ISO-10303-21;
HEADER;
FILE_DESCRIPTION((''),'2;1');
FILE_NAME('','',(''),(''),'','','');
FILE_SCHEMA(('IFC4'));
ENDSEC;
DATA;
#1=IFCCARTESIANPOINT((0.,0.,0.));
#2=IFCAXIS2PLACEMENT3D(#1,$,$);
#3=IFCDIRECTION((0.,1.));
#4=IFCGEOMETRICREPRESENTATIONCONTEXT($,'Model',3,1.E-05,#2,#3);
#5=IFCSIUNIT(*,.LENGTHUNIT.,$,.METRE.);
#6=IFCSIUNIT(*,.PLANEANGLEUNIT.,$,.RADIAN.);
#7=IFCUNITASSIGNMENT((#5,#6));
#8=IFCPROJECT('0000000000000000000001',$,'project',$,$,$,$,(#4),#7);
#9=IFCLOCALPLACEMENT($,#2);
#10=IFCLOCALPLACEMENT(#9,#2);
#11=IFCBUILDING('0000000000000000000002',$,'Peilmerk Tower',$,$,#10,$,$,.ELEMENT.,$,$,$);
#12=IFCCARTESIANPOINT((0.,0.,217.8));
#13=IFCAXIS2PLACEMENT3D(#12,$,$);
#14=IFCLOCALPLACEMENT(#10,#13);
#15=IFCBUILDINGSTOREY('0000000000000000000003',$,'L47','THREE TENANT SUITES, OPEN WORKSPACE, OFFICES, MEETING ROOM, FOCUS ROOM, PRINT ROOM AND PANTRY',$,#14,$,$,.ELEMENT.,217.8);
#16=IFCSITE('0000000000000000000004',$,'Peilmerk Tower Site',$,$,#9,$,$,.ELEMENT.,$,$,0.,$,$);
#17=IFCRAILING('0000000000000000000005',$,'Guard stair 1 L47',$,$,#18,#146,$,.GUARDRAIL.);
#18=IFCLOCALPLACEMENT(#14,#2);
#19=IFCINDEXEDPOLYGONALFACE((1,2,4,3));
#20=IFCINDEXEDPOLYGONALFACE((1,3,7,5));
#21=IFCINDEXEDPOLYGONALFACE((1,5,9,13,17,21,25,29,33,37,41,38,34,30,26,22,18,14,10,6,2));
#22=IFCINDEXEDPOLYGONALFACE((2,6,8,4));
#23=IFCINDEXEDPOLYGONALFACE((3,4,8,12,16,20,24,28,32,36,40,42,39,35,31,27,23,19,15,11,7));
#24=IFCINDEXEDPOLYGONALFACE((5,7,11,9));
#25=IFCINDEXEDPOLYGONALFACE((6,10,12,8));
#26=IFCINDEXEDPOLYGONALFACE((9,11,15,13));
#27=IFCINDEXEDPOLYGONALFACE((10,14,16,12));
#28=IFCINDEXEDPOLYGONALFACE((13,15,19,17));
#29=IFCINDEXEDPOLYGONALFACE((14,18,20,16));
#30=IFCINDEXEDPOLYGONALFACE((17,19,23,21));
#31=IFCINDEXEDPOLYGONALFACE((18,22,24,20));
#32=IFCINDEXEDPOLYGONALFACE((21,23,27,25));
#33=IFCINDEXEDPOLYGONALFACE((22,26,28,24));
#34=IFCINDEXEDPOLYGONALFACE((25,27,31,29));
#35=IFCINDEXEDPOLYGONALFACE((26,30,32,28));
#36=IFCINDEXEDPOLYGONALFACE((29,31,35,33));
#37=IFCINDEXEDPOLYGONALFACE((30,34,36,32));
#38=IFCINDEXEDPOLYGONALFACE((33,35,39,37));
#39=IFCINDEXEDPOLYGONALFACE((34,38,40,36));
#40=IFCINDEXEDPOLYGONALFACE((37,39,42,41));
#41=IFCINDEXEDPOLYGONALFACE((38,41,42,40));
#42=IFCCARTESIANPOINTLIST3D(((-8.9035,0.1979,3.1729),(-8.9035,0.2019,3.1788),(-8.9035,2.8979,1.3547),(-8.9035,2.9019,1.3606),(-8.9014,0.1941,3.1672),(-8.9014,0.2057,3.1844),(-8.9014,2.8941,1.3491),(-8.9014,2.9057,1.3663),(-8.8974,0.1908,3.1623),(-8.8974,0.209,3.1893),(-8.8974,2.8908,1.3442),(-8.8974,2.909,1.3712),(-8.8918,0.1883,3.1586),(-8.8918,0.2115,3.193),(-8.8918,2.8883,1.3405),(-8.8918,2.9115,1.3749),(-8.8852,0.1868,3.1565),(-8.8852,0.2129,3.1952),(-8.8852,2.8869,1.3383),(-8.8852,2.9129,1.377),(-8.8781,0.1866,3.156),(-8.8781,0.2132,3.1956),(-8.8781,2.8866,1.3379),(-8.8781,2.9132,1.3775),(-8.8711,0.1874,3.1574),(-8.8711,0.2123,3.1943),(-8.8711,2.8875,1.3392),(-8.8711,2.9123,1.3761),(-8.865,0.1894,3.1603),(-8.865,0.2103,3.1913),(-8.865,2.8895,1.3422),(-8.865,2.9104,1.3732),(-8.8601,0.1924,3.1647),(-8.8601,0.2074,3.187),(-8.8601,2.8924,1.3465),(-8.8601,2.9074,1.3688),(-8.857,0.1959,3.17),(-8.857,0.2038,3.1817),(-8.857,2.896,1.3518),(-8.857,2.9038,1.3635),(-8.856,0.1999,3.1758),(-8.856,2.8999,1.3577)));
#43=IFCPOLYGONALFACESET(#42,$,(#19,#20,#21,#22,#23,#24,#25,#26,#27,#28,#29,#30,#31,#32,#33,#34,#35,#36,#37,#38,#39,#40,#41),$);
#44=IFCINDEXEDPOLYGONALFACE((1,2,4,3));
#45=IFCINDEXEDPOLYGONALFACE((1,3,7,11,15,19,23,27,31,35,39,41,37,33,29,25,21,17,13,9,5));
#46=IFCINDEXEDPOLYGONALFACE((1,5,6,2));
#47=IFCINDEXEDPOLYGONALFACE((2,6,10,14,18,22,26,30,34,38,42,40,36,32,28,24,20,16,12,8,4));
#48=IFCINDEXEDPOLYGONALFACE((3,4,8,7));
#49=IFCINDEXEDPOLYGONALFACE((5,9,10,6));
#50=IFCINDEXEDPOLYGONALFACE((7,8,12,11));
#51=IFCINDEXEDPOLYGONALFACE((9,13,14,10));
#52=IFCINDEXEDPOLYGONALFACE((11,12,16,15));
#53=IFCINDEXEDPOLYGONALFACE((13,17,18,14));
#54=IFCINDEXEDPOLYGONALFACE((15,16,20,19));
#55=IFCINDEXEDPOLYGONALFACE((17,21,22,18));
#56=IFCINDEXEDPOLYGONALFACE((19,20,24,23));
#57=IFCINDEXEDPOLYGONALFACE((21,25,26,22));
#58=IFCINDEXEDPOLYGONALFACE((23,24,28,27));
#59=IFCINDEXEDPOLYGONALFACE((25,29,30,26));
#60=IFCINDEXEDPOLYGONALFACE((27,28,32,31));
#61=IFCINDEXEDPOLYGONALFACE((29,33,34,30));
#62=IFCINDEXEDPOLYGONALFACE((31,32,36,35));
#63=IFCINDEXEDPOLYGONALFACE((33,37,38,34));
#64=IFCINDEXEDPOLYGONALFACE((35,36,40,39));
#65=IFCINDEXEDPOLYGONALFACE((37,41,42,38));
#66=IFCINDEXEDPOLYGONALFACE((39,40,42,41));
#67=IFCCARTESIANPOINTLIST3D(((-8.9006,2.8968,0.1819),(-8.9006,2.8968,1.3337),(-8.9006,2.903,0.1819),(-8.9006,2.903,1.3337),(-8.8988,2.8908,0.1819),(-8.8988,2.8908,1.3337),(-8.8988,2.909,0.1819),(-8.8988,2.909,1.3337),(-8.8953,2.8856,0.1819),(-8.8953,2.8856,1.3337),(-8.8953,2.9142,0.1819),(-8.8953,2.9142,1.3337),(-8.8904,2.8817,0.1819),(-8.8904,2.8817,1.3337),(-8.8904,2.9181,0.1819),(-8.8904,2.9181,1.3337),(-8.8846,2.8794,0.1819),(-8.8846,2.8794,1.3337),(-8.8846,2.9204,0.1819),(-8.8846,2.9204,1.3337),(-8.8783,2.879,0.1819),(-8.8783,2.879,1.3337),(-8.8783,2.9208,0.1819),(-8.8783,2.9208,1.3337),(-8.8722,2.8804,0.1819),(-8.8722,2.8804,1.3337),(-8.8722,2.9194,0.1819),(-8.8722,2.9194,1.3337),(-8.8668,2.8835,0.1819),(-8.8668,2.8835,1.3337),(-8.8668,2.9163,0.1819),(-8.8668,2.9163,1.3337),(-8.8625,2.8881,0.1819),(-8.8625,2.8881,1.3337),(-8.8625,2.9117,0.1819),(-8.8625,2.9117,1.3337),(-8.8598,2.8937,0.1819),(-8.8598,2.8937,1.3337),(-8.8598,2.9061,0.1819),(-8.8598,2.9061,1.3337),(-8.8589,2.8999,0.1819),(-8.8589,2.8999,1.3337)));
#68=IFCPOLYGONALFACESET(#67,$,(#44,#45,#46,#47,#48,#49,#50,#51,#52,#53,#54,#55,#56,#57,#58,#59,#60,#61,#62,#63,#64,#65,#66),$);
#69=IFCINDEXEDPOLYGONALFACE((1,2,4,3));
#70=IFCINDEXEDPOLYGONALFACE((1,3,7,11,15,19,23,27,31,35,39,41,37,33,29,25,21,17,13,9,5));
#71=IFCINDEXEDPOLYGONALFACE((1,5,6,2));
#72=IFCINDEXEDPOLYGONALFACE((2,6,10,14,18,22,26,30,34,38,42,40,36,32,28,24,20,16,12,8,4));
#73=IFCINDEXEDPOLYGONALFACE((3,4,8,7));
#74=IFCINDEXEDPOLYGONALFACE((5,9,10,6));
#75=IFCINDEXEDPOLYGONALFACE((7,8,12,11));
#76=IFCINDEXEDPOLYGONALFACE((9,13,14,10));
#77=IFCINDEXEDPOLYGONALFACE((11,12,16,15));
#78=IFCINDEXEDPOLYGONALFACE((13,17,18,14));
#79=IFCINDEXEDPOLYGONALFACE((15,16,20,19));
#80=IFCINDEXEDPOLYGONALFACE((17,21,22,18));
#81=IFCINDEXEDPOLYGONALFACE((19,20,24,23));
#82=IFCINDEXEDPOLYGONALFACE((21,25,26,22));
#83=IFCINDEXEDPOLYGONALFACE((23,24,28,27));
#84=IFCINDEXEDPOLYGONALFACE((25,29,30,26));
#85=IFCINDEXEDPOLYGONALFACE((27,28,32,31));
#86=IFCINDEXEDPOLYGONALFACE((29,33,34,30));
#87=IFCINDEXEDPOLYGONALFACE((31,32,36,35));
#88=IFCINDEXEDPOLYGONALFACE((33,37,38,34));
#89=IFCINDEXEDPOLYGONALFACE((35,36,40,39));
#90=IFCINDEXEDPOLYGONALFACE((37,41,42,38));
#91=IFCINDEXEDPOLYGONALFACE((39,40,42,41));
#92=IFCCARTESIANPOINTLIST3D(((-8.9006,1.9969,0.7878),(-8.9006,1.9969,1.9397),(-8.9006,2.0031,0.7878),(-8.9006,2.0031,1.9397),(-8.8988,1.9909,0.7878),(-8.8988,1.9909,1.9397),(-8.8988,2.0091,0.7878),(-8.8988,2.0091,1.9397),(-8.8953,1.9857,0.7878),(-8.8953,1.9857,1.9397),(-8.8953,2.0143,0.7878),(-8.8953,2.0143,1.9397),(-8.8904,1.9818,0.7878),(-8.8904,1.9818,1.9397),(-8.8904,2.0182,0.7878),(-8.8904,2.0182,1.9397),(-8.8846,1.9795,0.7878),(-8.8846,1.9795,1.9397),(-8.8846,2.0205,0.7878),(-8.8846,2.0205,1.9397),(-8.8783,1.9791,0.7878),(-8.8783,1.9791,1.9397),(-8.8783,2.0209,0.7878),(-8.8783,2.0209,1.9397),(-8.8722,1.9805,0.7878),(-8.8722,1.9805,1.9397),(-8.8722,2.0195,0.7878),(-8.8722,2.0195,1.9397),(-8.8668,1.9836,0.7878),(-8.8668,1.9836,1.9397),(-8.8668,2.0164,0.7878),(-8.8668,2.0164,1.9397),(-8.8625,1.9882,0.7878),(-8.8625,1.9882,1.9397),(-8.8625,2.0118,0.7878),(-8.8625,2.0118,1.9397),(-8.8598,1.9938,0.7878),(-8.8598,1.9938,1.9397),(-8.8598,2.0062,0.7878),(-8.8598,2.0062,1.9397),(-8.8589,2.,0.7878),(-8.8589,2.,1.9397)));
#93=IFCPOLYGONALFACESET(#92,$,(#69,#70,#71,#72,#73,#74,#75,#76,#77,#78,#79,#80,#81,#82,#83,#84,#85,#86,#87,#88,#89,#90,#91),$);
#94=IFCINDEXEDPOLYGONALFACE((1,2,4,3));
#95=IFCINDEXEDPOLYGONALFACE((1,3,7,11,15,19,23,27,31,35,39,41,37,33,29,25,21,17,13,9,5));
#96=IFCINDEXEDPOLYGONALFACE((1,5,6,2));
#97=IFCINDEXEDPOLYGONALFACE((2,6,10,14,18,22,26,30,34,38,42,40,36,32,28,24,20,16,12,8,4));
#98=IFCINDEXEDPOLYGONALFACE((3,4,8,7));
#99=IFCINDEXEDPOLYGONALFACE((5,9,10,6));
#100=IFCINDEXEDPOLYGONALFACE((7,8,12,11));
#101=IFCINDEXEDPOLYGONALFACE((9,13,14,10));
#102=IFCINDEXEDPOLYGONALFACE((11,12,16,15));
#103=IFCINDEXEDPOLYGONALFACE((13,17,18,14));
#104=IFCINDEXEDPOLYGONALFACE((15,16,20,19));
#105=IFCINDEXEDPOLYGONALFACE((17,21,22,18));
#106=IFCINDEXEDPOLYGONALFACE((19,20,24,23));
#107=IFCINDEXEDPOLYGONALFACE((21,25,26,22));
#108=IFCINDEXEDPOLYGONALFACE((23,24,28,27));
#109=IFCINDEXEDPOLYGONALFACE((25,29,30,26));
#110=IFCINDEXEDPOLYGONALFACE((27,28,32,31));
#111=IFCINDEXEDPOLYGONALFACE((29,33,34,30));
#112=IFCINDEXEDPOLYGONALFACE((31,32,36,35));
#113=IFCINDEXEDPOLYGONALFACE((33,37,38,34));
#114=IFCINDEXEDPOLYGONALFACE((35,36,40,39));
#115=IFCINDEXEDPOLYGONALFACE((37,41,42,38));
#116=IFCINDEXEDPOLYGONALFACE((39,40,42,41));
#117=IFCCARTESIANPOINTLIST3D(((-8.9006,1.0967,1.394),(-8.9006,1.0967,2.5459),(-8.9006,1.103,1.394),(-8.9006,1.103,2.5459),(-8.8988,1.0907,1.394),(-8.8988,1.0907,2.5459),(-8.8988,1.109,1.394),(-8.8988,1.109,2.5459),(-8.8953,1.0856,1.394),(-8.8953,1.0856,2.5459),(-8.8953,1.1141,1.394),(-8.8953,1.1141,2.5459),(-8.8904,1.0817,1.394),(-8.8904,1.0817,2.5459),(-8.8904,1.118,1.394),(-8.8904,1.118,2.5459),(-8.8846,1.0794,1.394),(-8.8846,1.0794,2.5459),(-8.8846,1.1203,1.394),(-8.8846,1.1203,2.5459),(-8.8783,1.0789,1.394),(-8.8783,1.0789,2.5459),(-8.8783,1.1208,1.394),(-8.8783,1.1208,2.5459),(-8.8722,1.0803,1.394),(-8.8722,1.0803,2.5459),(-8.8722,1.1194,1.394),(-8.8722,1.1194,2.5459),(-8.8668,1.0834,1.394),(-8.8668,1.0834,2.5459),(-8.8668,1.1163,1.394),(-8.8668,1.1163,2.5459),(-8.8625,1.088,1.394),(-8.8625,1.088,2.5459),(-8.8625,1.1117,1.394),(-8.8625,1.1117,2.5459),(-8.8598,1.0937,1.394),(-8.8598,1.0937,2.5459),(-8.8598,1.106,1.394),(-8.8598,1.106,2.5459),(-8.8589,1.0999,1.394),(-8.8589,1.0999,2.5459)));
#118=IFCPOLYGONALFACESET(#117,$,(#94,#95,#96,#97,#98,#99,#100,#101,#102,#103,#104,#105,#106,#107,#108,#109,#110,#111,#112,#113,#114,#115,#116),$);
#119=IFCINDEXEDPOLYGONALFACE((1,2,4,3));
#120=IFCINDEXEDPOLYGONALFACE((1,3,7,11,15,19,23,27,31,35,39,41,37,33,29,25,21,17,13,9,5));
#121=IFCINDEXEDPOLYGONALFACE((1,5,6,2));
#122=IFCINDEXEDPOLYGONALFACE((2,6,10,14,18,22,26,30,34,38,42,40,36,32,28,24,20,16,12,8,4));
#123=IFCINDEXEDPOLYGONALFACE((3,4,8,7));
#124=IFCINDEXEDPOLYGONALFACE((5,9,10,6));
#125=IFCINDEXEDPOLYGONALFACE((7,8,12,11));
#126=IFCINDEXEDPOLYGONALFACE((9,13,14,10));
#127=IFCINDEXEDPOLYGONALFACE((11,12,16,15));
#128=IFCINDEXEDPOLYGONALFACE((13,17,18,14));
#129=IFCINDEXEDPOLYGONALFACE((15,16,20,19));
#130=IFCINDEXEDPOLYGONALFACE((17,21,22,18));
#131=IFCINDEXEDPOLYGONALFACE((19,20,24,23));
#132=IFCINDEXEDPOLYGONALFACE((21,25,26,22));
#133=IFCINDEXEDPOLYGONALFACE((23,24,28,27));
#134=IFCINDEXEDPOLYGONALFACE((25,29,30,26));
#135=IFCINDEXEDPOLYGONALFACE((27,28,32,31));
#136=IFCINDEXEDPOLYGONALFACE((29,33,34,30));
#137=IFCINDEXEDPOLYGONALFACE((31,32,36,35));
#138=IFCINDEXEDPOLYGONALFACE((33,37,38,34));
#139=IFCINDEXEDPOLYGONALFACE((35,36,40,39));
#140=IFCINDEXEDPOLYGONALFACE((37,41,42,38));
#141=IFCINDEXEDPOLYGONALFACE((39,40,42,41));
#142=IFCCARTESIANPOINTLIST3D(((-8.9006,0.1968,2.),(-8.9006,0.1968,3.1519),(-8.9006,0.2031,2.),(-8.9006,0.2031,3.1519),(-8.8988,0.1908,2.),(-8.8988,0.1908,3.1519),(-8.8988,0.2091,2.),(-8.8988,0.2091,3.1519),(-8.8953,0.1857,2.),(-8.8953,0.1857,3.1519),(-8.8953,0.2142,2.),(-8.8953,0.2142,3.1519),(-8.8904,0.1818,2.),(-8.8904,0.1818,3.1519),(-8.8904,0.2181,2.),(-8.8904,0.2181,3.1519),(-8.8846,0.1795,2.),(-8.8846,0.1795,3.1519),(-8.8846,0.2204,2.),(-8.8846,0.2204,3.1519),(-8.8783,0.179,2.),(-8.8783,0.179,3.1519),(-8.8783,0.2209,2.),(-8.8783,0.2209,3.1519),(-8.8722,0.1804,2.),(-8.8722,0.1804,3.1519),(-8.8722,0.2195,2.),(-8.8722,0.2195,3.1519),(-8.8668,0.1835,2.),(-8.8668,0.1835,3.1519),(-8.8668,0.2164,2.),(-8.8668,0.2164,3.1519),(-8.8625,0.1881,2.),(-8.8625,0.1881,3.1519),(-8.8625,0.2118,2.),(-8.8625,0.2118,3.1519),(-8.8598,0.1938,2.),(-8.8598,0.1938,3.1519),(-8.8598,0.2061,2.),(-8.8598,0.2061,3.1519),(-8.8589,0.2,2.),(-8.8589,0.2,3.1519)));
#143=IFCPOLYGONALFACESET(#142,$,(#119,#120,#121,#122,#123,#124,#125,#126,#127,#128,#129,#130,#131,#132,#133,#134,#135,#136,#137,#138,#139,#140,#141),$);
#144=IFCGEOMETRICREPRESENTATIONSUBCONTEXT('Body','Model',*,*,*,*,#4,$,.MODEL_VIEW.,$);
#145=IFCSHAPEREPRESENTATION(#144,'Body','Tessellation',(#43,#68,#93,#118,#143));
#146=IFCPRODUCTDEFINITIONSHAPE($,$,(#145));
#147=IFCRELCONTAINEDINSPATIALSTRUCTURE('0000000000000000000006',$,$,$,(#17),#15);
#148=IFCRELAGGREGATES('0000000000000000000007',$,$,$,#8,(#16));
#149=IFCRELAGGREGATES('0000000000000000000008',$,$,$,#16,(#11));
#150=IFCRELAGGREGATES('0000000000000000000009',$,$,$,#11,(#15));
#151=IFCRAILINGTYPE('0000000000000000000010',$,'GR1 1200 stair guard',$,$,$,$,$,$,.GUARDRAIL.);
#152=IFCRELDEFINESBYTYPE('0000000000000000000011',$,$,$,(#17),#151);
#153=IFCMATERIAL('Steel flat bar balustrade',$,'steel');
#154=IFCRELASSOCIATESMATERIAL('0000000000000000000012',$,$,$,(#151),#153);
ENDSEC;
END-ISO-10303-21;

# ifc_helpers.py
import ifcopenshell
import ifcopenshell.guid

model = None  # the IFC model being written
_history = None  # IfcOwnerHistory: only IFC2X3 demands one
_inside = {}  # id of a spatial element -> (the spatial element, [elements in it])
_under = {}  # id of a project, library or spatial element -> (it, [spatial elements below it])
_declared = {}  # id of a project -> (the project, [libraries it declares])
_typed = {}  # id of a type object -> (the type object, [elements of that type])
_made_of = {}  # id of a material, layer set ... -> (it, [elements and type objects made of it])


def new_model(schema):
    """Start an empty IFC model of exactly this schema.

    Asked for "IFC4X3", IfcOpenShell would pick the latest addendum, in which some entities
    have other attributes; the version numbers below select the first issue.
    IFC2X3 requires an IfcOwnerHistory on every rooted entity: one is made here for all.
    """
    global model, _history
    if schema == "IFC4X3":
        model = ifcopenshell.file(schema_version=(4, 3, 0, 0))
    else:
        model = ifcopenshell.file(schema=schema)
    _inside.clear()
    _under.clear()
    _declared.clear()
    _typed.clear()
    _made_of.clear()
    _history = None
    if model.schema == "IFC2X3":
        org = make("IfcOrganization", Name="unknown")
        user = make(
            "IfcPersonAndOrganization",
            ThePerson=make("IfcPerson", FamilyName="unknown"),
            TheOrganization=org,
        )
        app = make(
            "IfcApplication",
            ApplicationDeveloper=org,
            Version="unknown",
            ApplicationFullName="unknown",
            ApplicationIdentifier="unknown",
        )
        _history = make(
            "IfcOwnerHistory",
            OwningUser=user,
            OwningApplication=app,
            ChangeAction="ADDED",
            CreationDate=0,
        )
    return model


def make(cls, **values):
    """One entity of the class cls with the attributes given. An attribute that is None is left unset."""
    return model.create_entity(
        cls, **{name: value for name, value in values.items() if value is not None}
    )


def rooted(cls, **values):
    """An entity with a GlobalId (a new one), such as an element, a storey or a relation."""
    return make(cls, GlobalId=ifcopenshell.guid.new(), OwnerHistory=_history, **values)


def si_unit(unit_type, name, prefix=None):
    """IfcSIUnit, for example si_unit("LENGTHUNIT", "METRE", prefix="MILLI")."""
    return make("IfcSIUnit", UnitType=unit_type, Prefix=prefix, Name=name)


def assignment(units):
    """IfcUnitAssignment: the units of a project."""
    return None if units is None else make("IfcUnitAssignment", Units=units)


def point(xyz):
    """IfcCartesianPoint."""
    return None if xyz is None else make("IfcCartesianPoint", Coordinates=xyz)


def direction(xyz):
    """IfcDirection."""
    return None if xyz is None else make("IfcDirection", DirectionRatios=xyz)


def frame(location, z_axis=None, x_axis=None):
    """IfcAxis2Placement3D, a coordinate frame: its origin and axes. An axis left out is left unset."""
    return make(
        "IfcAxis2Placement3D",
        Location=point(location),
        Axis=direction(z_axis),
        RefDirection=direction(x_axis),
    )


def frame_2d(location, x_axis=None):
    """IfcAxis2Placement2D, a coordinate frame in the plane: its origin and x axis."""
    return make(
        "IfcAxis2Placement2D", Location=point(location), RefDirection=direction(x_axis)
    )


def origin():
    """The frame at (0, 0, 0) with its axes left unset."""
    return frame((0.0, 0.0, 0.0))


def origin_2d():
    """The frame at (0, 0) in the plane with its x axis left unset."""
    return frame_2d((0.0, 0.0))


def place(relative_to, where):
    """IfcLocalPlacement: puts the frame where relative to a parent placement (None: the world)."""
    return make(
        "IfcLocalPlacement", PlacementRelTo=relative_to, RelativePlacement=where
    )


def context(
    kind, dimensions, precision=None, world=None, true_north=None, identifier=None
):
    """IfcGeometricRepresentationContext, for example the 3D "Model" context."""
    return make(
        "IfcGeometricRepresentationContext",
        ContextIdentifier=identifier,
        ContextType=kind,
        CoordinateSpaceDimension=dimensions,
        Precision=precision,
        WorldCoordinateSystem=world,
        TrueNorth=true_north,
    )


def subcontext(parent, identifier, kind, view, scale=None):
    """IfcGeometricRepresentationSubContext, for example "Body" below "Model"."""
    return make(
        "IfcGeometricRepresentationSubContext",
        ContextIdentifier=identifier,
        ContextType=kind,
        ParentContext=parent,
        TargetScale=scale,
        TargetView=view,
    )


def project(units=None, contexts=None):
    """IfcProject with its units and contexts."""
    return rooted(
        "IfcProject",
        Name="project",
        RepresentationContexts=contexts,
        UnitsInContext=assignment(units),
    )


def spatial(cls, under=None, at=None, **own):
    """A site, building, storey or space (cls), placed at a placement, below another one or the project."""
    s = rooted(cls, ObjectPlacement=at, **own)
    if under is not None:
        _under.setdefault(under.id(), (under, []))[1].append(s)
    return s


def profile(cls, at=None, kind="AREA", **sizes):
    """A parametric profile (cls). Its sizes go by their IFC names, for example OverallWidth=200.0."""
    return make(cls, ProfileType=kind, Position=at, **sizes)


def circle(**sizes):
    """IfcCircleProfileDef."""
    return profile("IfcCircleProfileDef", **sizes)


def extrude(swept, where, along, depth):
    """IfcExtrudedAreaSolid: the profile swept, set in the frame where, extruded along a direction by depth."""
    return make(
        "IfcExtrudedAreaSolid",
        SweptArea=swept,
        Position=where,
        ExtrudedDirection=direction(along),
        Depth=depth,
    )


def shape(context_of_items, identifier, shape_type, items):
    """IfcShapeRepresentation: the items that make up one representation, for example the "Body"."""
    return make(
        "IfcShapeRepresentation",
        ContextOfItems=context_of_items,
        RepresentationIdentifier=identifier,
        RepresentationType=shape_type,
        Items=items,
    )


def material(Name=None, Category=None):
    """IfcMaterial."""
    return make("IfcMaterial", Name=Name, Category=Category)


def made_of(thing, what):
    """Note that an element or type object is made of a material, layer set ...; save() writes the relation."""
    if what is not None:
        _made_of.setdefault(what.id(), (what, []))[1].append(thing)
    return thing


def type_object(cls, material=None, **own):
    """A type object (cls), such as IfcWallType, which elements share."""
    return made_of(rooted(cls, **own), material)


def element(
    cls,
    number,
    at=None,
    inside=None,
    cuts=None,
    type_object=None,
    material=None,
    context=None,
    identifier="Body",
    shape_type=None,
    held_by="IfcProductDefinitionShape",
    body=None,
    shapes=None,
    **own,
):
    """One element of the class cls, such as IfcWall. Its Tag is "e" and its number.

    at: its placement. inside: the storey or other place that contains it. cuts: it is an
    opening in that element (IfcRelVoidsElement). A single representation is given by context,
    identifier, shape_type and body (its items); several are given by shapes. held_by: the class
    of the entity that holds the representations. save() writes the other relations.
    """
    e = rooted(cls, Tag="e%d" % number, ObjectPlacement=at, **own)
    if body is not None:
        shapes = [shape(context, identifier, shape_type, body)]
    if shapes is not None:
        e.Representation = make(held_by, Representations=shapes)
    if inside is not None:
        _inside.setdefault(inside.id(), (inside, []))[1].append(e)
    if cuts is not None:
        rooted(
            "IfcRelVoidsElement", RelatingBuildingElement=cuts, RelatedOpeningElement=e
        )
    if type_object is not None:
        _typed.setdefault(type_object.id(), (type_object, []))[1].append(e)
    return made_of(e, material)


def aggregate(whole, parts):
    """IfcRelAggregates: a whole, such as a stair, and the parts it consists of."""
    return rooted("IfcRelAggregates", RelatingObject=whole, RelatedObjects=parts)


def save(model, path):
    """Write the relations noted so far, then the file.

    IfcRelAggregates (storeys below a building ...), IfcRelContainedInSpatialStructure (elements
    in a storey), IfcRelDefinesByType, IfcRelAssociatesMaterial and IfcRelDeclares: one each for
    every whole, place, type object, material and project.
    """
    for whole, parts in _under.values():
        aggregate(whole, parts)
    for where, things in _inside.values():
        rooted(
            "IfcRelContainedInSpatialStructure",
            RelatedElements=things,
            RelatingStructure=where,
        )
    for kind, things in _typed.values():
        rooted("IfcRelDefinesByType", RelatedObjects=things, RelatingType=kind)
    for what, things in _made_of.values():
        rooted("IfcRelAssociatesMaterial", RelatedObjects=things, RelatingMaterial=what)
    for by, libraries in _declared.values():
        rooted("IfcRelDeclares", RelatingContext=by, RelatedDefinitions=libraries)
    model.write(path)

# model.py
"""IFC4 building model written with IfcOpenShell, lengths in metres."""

from ifc_helpers import new_model, si_unit, direction, frame, origin, origin_2d, place, context, subcontext, project, spatial, circle, extrude, material, type_object, element, save


model = new_model("IFC4")

# Units and contexts
model_context = context("Model", 3, precision=1e-05, world=origin(), true_north=direction((0.0, 1.0)))
body_context = subcontext(model_context, "Body", "Model", "MODEL_VIEW")
ifc_project = project(units=[si_unit("LENGTHUNIT", "METRE"), si_unit("PLANEANGLEUNIT", "RADIAN")], contexts=[model_context])

# Site, building, storey
site_placement = place(None, origin())
site = spatial("IfcSite", under=ifc_project, at=site_placement, Name="Peilmerk Tower Site", CompositionType="ELEMENT", RefElevation=0.0)
building_placement = place(site_placement, origin())
building = spatial("IfcBuilding", under=site, at=building_placement, Name="Peilmerk Tower", CompositionType="ELEMENT")
storey_placement = place(building_placement, frame((0.0, 0.0, 217.8)))
storey = spatial("IfcBuildingStorey", under=building, at=storey_placement, Name="L47", Description="THREE TENANT SUITES, OPEN WORKSPACE, OFFICES, MEETING ROOM, FOCUS ROOM, PRINT ROOM AND PANTRY", CompositionType="ELEMENT", Elevation=217.8)

# Railing
ifc_material_1 = material(Name="Steel flat bar balustrade", Category="steel")
railing_type_1 = type_object("IfcRailingType", Name="GR1 1200 stair guard", PredefinedType="GUARDRAIL", material=ifc_material_1)
railing_1_placement = place(storey_placement, frame((-8.8799, 2.8999, 0.1819)))
element("IfcRailing", 1, at=railing_1_placement, inside=storey, type_object=railing_type_1, Name="Guard stair 1 L47", PredefinedType="GUARDRAIL", context=body_context, shape_type="SweptSolid", body=[
    extrude(circle(Radius=0.0239, at=origin_2d()), frame((0.0, 0.0, 1.1758), z_axis=(0.0, -0.829468, 0.558554), x_axis=(1.0, 0.0, 0.0)), (0.0, 0.0, 1.0), 3.2551),
    extrude(circle(Radius=0.021, at=origin_2d()), origin(), (0.0, 0.0, 1.0), 1.1519),
    extrude(circle(Radius=0.021, at=origin_2d()), frame((0.0, -0.8999, 0.606)), (0.0, 0.0, 1.0), 1.1519),
    extrude(circle(Radius=0.021, at=origin_2d()), frame((0.0, -1.8, 1.2122)), (0.0, 0.0, 1.0), 1.1519),
    extrude(circle(Radius=0.021, at=origin_2d()), frame((0.0, -2.7, 1.8181)), (0.0, 0.0, 1.0), 1.1519),
])

save(model, "model.ifc")
